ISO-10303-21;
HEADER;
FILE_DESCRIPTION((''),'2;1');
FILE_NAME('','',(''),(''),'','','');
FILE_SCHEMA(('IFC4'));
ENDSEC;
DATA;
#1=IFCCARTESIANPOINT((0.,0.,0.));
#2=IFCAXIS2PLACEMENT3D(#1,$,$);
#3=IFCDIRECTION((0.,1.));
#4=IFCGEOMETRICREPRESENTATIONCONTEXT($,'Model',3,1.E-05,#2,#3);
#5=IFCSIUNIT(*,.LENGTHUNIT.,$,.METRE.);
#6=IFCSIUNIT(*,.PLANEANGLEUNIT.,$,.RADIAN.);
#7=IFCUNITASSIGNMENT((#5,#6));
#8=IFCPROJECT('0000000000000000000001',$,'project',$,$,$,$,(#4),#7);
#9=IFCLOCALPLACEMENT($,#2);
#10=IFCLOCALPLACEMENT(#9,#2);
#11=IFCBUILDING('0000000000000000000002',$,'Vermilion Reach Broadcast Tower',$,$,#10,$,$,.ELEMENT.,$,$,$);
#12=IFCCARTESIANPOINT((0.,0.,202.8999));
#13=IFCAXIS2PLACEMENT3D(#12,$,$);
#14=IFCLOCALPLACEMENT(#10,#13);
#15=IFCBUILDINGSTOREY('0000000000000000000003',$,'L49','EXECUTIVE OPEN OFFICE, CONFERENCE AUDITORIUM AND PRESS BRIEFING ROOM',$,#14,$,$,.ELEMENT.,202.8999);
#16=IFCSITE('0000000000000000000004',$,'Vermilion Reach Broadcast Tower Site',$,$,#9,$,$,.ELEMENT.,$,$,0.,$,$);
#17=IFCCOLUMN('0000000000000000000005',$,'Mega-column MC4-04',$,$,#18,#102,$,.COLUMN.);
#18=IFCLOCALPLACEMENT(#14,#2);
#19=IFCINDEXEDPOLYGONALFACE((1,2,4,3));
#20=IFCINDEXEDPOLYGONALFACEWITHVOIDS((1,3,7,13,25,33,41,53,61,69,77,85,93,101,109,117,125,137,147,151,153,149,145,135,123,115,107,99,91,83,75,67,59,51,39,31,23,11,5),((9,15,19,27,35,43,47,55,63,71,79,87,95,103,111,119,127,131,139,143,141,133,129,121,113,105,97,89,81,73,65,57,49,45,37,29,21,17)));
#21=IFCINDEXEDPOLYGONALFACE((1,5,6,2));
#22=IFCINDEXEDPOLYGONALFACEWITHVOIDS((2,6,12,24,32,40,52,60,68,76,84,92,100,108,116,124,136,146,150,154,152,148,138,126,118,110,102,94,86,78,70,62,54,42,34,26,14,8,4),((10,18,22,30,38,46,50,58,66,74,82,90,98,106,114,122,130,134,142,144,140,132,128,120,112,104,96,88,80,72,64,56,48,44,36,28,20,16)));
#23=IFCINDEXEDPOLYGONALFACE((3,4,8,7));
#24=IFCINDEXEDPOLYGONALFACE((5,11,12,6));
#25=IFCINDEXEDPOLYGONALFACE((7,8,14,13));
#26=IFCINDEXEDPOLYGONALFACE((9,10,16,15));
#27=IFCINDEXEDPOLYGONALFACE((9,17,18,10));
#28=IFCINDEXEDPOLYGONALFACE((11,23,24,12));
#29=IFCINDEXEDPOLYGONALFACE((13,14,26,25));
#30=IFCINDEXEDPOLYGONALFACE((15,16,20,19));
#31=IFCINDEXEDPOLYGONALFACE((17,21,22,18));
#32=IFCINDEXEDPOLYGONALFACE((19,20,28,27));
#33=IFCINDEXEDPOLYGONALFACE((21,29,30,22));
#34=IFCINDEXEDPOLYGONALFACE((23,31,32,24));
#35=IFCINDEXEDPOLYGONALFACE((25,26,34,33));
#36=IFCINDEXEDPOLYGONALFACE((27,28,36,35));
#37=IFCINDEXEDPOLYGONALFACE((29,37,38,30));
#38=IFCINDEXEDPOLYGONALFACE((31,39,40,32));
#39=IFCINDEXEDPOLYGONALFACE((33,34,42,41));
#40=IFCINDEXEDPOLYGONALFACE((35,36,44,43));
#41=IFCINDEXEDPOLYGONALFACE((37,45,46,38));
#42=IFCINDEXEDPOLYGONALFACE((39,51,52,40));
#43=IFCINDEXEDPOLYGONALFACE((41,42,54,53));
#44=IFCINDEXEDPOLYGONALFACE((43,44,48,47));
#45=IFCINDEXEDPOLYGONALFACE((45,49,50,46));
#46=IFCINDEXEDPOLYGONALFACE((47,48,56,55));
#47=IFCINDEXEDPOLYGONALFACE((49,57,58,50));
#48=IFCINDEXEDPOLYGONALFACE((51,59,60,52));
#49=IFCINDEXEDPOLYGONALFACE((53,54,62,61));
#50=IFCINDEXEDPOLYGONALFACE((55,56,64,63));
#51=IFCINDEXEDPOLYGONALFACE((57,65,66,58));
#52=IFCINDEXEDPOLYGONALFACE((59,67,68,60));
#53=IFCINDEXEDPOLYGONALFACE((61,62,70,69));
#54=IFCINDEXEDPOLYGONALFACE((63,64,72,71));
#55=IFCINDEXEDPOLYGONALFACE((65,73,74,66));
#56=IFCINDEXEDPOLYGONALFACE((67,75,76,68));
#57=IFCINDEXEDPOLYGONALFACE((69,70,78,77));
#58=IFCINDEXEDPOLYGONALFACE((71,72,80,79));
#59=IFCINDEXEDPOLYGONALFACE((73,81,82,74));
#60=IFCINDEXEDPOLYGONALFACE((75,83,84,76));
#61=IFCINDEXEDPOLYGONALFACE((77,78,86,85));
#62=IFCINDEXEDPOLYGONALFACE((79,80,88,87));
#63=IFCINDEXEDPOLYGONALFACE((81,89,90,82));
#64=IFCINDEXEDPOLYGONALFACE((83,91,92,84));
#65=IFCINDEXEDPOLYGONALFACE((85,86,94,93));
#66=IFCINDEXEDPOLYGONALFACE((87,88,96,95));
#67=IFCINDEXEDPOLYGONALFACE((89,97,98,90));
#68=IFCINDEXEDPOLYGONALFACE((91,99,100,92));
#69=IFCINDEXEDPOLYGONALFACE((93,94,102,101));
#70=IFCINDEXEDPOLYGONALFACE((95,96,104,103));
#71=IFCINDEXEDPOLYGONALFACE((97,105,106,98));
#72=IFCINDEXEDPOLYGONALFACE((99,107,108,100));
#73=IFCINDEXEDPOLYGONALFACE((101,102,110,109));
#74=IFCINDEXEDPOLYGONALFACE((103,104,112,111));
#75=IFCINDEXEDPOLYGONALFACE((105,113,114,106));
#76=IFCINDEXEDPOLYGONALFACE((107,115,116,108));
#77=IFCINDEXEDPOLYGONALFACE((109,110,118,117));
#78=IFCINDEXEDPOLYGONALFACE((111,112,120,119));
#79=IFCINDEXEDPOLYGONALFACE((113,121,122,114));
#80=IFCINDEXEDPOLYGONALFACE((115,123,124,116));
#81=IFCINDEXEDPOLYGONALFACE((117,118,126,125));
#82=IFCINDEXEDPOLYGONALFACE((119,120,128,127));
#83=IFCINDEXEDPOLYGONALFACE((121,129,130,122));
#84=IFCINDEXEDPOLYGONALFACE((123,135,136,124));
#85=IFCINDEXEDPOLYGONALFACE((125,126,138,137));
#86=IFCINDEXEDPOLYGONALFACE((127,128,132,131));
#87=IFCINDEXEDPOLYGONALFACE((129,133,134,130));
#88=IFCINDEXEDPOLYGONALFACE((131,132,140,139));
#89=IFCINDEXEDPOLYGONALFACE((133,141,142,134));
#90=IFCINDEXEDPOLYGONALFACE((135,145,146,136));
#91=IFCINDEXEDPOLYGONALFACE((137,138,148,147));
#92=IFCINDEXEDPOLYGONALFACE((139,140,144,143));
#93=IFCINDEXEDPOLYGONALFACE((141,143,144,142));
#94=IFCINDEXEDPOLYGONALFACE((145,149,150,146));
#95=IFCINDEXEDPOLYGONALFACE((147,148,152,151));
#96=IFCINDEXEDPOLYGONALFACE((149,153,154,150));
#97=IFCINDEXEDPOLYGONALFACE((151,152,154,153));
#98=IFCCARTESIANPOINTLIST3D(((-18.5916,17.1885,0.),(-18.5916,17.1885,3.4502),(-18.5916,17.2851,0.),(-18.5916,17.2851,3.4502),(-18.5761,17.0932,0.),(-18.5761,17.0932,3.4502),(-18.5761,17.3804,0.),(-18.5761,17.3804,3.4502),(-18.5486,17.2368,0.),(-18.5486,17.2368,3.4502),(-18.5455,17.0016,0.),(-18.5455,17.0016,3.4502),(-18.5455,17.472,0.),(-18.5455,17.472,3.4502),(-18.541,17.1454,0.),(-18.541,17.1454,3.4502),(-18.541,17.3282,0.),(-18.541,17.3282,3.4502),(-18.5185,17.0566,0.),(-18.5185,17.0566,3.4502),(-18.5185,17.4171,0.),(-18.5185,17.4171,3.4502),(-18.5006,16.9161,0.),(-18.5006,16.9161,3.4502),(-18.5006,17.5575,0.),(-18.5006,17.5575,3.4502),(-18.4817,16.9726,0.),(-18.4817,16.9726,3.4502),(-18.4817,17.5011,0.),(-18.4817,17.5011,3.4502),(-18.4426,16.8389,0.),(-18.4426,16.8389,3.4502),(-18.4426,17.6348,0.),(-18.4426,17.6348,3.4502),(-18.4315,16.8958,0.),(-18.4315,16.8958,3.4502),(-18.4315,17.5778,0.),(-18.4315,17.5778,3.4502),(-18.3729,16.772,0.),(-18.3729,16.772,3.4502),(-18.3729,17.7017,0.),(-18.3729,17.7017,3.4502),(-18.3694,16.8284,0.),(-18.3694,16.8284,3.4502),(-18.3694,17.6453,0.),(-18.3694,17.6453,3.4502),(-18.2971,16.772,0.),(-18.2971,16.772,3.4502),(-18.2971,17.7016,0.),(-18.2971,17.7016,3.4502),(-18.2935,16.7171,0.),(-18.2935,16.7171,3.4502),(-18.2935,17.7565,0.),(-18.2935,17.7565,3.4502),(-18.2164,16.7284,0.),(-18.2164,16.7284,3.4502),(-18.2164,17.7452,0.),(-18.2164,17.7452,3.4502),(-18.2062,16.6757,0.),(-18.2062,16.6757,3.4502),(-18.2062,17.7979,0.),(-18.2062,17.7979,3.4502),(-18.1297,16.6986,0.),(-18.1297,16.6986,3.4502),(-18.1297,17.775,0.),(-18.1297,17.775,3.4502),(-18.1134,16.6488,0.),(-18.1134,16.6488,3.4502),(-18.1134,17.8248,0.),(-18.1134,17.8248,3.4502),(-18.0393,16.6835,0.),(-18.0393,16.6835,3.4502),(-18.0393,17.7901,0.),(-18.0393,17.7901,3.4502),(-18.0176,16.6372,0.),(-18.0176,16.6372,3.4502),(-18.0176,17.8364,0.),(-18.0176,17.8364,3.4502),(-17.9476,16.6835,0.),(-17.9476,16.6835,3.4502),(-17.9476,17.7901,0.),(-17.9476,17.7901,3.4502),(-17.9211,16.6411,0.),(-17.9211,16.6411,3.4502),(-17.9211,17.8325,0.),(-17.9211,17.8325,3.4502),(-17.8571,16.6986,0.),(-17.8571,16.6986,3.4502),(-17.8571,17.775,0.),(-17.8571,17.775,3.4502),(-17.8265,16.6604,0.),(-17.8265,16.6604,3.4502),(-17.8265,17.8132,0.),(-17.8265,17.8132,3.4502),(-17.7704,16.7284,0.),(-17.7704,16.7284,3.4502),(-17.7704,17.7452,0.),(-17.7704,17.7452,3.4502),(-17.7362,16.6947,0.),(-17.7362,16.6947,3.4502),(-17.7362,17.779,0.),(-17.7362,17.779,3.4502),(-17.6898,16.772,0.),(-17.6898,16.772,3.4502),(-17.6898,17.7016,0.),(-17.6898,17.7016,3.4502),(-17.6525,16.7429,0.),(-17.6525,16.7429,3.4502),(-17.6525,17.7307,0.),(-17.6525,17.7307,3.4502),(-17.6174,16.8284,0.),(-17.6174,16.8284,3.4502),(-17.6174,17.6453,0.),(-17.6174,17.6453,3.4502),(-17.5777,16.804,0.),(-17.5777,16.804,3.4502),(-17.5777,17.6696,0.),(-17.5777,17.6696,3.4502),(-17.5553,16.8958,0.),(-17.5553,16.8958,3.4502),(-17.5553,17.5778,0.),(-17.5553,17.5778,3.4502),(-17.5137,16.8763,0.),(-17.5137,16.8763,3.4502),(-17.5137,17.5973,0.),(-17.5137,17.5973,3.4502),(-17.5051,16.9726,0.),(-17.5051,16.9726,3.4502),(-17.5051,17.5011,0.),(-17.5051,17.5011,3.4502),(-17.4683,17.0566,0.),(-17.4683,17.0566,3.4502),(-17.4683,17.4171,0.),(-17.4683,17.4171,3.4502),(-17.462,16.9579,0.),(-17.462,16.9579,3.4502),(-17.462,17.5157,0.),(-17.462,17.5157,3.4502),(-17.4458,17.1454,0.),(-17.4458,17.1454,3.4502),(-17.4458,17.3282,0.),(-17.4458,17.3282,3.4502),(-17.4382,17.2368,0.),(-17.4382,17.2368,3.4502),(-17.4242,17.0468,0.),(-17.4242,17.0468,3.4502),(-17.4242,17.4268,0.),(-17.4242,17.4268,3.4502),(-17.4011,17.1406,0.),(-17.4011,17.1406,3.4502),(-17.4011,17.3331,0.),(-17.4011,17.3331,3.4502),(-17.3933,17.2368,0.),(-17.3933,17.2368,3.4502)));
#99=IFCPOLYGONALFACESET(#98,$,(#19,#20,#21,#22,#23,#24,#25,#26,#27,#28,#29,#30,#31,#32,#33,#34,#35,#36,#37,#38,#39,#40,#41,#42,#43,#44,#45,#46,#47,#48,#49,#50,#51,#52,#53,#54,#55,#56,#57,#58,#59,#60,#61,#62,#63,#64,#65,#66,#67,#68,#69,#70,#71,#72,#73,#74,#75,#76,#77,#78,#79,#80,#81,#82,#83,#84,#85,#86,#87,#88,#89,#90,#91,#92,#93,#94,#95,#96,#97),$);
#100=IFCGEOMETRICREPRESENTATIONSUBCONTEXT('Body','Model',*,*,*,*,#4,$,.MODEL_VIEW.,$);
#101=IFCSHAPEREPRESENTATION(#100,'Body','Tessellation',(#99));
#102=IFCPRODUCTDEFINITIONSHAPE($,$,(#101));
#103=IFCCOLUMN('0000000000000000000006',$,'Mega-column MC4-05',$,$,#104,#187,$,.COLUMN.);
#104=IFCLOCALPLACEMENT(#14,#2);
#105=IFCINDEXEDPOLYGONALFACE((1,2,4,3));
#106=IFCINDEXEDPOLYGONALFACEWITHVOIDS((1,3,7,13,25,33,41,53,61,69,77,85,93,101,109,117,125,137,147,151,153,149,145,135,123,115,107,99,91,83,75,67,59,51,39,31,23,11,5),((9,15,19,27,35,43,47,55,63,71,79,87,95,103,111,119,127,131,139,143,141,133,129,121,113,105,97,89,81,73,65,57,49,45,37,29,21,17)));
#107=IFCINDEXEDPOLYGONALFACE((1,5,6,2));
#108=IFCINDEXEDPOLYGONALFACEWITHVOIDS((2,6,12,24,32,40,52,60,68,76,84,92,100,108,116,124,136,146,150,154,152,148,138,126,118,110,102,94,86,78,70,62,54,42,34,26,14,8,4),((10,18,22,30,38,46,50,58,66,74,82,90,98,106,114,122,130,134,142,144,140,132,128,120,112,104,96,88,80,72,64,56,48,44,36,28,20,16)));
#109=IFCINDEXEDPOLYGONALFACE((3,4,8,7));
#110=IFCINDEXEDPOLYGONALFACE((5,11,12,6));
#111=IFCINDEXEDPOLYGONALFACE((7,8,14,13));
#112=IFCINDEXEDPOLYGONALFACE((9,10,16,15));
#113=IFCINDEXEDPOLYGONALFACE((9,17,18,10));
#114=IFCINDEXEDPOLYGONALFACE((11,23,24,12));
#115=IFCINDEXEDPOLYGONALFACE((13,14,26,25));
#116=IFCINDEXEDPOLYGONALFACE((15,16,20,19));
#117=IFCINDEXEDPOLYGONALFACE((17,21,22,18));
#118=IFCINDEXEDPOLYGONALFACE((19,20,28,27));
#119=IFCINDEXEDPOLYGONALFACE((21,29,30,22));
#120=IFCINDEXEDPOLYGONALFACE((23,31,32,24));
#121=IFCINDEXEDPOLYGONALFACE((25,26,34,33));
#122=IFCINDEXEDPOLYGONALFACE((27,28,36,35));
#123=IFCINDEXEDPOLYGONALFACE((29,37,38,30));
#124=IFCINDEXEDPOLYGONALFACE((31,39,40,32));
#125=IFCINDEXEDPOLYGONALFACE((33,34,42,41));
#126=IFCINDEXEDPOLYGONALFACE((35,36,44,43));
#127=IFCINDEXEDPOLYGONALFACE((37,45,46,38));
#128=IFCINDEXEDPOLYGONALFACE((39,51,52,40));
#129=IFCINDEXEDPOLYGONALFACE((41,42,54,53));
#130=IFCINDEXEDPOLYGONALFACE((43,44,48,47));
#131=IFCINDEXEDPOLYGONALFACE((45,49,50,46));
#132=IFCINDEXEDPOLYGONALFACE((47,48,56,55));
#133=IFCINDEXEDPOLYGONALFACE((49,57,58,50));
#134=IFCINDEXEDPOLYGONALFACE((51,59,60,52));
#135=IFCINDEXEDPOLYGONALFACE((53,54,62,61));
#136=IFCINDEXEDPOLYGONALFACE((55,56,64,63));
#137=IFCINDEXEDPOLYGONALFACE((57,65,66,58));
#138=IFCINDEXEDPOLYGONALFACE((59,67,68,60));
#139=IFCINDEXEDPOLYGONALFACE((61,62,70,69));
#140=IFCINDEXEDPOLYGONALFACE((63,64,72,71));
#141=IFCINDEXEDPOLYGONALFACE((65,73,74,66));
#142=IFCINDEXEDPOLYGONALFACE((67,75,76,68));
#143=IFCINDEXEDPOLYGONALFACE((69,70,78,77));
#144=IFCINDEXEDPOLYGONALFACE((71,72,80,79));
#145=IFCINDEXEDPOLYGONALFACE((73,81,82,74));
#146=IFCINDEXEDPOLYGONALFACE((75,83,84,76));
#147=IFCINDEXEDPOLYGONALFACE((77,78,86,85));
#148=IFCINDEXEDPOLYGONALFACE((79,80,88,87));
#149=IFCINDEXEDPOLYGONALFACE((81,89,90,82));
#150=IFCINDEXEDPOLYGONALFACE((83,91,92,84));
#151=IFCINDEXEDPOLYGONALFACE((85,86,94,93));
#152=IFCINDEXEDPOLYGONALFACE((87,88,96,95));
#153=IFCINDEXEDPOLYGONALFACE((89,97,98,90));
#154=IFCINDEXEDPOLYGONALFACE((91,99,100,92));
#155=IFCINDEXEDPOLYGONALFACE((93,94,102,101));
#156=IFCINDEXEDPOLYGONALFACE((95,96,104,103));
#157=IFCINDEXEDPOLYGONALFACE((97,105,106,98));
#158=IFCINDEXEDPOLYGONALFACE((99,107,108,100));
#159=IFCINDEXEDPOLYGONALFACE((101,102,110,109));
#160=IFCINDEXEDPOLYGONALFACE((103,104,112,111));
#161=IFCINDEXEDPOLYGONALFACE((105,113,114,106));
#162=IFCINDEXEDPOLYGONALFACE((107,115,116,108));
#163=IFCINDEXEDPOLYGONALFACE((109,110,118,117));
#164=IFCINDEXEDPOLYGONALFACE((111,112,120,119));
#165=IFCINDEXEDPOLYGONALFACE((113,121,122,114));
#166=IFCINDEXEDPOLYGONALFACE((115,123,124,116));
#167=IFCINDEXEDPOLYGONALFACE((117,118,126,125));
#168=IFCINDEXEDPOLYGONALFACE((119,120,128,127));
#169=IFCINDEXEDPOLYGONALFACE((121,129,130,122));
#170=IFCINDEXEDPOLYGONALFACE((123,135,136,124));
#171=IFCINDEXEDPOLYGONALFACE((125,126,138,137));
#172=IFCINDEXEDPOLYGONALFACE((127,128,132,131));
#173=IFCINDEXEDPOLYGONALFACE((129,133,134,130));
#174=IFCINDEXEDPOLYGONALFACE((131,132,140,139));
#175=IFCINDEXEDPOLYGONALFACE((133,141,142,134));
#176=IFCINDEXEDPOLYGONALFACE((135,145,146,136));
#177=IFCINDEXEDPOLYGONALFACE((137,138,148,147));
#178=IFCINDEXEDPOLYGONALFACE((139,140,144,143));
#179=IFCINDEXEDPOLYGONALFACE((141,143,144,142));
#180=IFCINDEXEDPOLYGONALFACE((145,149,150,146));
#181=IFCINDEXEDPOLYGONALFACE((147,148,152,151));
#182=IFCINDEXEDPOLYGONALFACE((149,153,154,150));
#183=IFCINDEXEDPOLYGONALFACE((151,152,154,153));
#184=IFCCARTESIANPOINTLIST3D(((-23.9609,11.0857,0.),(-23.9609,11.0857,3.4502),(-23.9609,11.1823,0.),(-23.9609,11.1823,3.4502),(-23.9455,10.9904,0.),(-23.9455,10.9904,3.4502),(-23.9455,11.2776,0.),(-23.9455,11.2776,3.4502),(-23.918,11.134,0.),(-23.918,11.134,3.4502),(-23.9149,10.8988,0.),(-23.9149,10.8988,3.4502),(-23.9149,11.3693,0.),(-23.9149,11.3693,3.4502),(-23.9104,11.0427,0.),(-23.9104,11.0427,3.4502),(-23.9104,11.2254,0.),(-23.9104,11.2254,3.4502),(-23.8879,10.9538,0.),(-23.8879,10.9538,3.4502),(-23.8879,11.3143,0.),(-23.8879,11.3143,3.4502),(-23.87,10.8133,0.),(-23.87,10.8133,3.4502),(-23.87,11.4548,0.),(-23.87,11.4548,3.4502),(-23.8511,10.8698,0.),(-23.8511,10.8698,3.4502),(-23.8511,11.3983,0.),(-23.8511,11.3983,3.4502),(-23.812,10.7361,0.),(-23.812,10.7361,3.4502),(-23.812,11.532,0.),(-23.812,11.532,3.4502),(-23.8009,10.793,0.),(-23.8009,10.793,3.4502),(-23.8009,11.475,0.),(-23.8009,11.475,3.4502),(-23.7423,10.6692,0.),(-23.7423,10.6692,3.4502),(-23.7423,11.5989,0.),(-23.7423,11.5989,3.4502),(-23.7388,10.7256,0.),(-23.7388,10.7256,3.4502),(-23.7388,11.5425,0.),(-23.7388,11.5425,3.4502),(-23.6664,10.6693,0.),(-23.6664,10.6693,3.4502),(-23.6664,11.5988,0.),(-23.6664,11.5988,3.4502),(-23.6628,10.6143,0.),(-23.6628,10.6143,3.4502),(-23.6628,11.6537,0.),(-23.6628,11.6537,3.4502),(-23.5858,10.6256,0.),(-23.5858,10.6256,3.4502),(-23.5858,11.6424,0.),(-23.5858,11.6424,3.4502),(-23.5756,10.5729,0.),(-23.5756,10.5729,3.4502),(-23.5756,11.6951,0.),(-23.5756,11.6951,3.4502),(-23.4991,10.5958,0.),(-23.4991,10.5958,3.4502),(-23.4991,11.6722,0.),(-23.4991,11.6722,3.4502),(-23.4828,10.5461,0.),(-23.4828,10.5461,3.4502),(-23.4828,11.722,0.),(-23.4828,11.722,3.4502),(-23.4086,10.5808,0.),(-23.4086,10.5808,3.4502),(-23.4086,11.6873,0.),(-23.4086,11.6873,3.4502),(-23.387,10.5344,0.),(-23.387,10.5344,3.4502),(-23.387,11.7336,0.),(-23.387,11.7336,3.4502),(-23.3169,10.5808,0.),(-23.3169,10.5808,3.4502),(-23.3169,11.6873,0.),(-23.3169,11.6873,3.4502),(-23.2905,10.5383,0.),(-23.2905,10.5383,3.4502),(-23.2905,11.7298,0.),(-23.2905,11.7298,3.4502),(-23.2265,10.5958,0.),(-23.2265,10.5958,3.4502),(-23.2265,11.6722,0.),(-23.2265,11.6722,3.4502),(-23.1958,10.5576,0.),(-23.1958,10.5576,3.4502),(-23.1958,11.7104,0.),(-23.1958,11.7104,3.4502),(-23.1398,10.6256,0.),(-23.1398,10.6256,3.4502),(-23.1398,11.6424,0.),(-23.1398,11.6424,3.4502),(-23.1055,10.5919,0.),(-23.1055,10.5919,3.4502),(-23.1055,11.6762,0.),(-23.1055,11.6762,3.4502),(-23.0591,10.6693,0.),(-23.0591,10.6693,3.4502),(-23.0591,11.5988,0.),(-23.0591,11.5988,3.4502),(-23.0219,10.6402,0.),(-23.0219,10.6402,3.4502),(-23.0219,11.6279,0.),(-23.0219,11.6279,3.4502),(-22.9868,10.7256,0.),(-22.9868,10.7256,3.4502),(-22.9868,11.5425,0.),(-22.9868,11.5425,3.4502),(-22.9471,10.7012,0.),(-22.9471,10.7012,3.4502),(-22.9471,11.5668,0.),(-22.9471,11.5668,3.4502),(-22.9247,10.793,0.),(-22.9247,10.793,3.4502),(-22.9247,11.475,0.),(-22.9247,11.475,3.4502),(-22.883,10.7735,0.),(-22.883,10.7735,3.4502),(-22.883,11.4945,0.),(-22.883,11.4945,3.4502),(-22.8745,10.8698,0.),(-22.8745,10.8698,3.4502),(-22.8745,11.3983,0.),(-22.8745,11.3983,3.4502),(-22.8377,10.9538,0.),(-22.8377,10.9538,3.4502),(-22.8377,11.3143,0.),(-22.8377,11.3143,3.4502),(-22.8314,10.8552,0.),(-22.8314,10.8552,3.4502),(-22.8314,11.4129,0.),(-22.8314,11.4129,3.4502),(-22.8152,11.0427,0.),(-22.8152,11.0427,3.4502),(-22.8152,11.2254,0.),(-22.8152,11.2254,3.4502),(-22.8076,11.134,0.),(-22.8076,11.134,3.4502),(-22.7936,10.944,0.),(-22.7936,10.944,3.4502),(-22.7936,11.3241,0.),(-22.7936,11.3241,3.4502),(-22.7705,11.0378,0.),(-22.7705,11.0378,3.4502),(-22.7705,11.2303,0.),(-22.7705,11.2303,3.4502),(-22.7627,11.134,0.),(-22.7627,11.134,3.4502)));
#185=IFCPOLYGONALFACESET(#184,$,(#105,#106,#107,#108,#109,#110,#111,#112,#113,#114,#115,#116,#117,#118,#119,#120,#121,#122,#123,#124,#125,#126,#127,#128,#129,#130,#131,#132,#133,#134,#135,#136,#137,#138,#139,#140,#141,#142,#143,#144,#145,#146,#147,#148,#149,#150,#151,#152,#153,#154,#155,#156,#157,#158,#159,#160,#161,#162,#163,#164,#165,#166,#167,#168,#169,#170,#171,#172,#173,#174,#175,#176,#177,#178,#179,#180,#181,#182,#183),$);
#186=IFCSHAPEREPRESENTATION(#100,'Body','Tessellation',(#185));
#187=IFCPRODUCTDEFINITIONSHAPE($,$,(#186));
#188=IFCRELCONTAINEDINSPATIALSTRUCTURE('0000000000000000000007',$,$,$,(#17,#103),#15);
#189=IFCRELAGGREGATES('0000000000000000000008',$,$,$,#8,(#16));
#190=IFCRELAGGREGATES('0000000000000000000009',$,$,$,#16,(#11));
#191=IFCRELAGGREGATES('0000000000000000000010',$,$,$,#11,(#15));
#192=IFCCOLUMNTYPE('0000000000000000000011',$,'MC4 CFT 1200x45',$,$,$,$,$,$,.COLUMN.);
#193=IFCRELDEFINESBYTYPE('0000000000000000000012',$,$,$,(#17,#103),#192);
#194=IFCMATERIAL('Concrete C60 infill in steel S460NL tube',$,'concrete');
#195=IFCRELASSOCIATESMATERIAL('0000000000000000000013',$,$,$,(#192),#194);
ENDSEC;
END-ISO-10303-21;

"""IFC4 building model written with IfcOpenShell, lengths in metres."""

from ifc_helpers import new_model, si_unit, direction, frame, origin, origin_2d, place, context, subcontext, project, spatial, hollow_circle, extrude, material, material_profile, profile_set, type_object, element, save


model = new_model("IFC4")

# Units and contexts
model_context = context("Model", 3, precision=1e-05, world=origin(), true_north=direction((0.0, 1.0)))
body_context = subcontext(model_context, "Body", "Model", "MODEL_VIEW")
ifc_project = project(units=[si_unit("LENGTHUNIT", "METRE"), si_unit("PLANEANGLEUNIT", "RADIAN")], contexts=[model_context])

# Site, building, storey
site_placement = place(None, origin())
site = spatial("IfcSite", under=ifc_project, at=site_placement, Name="Vermilion Reach Broadcast Tower Site", CompositionType="ELEMENT", RefElevation=0.0)
building_placement = place(site_placement, origin())
building = spatial("IfcBuilding", under=site, at=building_placement, Name="Vermilion Reach Broadcast Tower", CompositionType="ELEMENT")
storey_placement = place(building_placement, frame((0.0, 0.0, 202.8999)))
storey = spatial("IfcBuildingStorey", under=building, at=storey_placement, Name="L49", Description="EXECUTIVE OPEN OFFICE, CONFERENCE AUDITORIUM AND PRESS BRIEFING ROOM", CompositionType="ELEMENT", Elevation=202.8999)

# Columns
ifc_material_1 = material(Name="Concrete C60 infill in steel S460NL tube", Category="concrete")
ifc_material_profile_1 = material_profile(ifc_material_1, hollow_circle(Radius=0.6001, WallThickness=0.0449, at=origin_2d()), Name="Concrete C60 infill in steel S460NL tube CFT 1200x45")
ifc_profile_set_1 = profile_set([ifc_material_profile_1], Name="Concrete C60 infill in steel S460NL tube")
column_type = type_object("IfcColumnType", Name="MC4 CFT 1200x45", PredefinedType="COLUMN", material=ifc_profile_set_1)
for number, where, z_axis, x_axis, name in (
    (1, (-17.9934, 17.2368, 0.0), (0.0, 0.0, 1.0), (1.0, 0.0, 0.0), "Mega-column MC4-04"),
    (2, (-23.3628, 11.134, 0.0), (0.0, 0.0, 1.0), (1.0, 0.0, 0.0), "Mega-column MC4-05"),
):
    element("IfcColumn", number, at=place(storey_placement, frame(where, z_axis=z_axis, x_axis=x_axis)), inside=storey, type_object=column_type, Name=name, PredefinedType="COLUMN", context=body_context, shape_type="SweptSolid", body=[
        extrude(hollow_circle(Radius=0.6001, WallThickness=0.0449, at=origin_2d()), origin(), (0.0, 0.0, 1.0), 3.4502),
    ])

save(model, "model.ifc")
